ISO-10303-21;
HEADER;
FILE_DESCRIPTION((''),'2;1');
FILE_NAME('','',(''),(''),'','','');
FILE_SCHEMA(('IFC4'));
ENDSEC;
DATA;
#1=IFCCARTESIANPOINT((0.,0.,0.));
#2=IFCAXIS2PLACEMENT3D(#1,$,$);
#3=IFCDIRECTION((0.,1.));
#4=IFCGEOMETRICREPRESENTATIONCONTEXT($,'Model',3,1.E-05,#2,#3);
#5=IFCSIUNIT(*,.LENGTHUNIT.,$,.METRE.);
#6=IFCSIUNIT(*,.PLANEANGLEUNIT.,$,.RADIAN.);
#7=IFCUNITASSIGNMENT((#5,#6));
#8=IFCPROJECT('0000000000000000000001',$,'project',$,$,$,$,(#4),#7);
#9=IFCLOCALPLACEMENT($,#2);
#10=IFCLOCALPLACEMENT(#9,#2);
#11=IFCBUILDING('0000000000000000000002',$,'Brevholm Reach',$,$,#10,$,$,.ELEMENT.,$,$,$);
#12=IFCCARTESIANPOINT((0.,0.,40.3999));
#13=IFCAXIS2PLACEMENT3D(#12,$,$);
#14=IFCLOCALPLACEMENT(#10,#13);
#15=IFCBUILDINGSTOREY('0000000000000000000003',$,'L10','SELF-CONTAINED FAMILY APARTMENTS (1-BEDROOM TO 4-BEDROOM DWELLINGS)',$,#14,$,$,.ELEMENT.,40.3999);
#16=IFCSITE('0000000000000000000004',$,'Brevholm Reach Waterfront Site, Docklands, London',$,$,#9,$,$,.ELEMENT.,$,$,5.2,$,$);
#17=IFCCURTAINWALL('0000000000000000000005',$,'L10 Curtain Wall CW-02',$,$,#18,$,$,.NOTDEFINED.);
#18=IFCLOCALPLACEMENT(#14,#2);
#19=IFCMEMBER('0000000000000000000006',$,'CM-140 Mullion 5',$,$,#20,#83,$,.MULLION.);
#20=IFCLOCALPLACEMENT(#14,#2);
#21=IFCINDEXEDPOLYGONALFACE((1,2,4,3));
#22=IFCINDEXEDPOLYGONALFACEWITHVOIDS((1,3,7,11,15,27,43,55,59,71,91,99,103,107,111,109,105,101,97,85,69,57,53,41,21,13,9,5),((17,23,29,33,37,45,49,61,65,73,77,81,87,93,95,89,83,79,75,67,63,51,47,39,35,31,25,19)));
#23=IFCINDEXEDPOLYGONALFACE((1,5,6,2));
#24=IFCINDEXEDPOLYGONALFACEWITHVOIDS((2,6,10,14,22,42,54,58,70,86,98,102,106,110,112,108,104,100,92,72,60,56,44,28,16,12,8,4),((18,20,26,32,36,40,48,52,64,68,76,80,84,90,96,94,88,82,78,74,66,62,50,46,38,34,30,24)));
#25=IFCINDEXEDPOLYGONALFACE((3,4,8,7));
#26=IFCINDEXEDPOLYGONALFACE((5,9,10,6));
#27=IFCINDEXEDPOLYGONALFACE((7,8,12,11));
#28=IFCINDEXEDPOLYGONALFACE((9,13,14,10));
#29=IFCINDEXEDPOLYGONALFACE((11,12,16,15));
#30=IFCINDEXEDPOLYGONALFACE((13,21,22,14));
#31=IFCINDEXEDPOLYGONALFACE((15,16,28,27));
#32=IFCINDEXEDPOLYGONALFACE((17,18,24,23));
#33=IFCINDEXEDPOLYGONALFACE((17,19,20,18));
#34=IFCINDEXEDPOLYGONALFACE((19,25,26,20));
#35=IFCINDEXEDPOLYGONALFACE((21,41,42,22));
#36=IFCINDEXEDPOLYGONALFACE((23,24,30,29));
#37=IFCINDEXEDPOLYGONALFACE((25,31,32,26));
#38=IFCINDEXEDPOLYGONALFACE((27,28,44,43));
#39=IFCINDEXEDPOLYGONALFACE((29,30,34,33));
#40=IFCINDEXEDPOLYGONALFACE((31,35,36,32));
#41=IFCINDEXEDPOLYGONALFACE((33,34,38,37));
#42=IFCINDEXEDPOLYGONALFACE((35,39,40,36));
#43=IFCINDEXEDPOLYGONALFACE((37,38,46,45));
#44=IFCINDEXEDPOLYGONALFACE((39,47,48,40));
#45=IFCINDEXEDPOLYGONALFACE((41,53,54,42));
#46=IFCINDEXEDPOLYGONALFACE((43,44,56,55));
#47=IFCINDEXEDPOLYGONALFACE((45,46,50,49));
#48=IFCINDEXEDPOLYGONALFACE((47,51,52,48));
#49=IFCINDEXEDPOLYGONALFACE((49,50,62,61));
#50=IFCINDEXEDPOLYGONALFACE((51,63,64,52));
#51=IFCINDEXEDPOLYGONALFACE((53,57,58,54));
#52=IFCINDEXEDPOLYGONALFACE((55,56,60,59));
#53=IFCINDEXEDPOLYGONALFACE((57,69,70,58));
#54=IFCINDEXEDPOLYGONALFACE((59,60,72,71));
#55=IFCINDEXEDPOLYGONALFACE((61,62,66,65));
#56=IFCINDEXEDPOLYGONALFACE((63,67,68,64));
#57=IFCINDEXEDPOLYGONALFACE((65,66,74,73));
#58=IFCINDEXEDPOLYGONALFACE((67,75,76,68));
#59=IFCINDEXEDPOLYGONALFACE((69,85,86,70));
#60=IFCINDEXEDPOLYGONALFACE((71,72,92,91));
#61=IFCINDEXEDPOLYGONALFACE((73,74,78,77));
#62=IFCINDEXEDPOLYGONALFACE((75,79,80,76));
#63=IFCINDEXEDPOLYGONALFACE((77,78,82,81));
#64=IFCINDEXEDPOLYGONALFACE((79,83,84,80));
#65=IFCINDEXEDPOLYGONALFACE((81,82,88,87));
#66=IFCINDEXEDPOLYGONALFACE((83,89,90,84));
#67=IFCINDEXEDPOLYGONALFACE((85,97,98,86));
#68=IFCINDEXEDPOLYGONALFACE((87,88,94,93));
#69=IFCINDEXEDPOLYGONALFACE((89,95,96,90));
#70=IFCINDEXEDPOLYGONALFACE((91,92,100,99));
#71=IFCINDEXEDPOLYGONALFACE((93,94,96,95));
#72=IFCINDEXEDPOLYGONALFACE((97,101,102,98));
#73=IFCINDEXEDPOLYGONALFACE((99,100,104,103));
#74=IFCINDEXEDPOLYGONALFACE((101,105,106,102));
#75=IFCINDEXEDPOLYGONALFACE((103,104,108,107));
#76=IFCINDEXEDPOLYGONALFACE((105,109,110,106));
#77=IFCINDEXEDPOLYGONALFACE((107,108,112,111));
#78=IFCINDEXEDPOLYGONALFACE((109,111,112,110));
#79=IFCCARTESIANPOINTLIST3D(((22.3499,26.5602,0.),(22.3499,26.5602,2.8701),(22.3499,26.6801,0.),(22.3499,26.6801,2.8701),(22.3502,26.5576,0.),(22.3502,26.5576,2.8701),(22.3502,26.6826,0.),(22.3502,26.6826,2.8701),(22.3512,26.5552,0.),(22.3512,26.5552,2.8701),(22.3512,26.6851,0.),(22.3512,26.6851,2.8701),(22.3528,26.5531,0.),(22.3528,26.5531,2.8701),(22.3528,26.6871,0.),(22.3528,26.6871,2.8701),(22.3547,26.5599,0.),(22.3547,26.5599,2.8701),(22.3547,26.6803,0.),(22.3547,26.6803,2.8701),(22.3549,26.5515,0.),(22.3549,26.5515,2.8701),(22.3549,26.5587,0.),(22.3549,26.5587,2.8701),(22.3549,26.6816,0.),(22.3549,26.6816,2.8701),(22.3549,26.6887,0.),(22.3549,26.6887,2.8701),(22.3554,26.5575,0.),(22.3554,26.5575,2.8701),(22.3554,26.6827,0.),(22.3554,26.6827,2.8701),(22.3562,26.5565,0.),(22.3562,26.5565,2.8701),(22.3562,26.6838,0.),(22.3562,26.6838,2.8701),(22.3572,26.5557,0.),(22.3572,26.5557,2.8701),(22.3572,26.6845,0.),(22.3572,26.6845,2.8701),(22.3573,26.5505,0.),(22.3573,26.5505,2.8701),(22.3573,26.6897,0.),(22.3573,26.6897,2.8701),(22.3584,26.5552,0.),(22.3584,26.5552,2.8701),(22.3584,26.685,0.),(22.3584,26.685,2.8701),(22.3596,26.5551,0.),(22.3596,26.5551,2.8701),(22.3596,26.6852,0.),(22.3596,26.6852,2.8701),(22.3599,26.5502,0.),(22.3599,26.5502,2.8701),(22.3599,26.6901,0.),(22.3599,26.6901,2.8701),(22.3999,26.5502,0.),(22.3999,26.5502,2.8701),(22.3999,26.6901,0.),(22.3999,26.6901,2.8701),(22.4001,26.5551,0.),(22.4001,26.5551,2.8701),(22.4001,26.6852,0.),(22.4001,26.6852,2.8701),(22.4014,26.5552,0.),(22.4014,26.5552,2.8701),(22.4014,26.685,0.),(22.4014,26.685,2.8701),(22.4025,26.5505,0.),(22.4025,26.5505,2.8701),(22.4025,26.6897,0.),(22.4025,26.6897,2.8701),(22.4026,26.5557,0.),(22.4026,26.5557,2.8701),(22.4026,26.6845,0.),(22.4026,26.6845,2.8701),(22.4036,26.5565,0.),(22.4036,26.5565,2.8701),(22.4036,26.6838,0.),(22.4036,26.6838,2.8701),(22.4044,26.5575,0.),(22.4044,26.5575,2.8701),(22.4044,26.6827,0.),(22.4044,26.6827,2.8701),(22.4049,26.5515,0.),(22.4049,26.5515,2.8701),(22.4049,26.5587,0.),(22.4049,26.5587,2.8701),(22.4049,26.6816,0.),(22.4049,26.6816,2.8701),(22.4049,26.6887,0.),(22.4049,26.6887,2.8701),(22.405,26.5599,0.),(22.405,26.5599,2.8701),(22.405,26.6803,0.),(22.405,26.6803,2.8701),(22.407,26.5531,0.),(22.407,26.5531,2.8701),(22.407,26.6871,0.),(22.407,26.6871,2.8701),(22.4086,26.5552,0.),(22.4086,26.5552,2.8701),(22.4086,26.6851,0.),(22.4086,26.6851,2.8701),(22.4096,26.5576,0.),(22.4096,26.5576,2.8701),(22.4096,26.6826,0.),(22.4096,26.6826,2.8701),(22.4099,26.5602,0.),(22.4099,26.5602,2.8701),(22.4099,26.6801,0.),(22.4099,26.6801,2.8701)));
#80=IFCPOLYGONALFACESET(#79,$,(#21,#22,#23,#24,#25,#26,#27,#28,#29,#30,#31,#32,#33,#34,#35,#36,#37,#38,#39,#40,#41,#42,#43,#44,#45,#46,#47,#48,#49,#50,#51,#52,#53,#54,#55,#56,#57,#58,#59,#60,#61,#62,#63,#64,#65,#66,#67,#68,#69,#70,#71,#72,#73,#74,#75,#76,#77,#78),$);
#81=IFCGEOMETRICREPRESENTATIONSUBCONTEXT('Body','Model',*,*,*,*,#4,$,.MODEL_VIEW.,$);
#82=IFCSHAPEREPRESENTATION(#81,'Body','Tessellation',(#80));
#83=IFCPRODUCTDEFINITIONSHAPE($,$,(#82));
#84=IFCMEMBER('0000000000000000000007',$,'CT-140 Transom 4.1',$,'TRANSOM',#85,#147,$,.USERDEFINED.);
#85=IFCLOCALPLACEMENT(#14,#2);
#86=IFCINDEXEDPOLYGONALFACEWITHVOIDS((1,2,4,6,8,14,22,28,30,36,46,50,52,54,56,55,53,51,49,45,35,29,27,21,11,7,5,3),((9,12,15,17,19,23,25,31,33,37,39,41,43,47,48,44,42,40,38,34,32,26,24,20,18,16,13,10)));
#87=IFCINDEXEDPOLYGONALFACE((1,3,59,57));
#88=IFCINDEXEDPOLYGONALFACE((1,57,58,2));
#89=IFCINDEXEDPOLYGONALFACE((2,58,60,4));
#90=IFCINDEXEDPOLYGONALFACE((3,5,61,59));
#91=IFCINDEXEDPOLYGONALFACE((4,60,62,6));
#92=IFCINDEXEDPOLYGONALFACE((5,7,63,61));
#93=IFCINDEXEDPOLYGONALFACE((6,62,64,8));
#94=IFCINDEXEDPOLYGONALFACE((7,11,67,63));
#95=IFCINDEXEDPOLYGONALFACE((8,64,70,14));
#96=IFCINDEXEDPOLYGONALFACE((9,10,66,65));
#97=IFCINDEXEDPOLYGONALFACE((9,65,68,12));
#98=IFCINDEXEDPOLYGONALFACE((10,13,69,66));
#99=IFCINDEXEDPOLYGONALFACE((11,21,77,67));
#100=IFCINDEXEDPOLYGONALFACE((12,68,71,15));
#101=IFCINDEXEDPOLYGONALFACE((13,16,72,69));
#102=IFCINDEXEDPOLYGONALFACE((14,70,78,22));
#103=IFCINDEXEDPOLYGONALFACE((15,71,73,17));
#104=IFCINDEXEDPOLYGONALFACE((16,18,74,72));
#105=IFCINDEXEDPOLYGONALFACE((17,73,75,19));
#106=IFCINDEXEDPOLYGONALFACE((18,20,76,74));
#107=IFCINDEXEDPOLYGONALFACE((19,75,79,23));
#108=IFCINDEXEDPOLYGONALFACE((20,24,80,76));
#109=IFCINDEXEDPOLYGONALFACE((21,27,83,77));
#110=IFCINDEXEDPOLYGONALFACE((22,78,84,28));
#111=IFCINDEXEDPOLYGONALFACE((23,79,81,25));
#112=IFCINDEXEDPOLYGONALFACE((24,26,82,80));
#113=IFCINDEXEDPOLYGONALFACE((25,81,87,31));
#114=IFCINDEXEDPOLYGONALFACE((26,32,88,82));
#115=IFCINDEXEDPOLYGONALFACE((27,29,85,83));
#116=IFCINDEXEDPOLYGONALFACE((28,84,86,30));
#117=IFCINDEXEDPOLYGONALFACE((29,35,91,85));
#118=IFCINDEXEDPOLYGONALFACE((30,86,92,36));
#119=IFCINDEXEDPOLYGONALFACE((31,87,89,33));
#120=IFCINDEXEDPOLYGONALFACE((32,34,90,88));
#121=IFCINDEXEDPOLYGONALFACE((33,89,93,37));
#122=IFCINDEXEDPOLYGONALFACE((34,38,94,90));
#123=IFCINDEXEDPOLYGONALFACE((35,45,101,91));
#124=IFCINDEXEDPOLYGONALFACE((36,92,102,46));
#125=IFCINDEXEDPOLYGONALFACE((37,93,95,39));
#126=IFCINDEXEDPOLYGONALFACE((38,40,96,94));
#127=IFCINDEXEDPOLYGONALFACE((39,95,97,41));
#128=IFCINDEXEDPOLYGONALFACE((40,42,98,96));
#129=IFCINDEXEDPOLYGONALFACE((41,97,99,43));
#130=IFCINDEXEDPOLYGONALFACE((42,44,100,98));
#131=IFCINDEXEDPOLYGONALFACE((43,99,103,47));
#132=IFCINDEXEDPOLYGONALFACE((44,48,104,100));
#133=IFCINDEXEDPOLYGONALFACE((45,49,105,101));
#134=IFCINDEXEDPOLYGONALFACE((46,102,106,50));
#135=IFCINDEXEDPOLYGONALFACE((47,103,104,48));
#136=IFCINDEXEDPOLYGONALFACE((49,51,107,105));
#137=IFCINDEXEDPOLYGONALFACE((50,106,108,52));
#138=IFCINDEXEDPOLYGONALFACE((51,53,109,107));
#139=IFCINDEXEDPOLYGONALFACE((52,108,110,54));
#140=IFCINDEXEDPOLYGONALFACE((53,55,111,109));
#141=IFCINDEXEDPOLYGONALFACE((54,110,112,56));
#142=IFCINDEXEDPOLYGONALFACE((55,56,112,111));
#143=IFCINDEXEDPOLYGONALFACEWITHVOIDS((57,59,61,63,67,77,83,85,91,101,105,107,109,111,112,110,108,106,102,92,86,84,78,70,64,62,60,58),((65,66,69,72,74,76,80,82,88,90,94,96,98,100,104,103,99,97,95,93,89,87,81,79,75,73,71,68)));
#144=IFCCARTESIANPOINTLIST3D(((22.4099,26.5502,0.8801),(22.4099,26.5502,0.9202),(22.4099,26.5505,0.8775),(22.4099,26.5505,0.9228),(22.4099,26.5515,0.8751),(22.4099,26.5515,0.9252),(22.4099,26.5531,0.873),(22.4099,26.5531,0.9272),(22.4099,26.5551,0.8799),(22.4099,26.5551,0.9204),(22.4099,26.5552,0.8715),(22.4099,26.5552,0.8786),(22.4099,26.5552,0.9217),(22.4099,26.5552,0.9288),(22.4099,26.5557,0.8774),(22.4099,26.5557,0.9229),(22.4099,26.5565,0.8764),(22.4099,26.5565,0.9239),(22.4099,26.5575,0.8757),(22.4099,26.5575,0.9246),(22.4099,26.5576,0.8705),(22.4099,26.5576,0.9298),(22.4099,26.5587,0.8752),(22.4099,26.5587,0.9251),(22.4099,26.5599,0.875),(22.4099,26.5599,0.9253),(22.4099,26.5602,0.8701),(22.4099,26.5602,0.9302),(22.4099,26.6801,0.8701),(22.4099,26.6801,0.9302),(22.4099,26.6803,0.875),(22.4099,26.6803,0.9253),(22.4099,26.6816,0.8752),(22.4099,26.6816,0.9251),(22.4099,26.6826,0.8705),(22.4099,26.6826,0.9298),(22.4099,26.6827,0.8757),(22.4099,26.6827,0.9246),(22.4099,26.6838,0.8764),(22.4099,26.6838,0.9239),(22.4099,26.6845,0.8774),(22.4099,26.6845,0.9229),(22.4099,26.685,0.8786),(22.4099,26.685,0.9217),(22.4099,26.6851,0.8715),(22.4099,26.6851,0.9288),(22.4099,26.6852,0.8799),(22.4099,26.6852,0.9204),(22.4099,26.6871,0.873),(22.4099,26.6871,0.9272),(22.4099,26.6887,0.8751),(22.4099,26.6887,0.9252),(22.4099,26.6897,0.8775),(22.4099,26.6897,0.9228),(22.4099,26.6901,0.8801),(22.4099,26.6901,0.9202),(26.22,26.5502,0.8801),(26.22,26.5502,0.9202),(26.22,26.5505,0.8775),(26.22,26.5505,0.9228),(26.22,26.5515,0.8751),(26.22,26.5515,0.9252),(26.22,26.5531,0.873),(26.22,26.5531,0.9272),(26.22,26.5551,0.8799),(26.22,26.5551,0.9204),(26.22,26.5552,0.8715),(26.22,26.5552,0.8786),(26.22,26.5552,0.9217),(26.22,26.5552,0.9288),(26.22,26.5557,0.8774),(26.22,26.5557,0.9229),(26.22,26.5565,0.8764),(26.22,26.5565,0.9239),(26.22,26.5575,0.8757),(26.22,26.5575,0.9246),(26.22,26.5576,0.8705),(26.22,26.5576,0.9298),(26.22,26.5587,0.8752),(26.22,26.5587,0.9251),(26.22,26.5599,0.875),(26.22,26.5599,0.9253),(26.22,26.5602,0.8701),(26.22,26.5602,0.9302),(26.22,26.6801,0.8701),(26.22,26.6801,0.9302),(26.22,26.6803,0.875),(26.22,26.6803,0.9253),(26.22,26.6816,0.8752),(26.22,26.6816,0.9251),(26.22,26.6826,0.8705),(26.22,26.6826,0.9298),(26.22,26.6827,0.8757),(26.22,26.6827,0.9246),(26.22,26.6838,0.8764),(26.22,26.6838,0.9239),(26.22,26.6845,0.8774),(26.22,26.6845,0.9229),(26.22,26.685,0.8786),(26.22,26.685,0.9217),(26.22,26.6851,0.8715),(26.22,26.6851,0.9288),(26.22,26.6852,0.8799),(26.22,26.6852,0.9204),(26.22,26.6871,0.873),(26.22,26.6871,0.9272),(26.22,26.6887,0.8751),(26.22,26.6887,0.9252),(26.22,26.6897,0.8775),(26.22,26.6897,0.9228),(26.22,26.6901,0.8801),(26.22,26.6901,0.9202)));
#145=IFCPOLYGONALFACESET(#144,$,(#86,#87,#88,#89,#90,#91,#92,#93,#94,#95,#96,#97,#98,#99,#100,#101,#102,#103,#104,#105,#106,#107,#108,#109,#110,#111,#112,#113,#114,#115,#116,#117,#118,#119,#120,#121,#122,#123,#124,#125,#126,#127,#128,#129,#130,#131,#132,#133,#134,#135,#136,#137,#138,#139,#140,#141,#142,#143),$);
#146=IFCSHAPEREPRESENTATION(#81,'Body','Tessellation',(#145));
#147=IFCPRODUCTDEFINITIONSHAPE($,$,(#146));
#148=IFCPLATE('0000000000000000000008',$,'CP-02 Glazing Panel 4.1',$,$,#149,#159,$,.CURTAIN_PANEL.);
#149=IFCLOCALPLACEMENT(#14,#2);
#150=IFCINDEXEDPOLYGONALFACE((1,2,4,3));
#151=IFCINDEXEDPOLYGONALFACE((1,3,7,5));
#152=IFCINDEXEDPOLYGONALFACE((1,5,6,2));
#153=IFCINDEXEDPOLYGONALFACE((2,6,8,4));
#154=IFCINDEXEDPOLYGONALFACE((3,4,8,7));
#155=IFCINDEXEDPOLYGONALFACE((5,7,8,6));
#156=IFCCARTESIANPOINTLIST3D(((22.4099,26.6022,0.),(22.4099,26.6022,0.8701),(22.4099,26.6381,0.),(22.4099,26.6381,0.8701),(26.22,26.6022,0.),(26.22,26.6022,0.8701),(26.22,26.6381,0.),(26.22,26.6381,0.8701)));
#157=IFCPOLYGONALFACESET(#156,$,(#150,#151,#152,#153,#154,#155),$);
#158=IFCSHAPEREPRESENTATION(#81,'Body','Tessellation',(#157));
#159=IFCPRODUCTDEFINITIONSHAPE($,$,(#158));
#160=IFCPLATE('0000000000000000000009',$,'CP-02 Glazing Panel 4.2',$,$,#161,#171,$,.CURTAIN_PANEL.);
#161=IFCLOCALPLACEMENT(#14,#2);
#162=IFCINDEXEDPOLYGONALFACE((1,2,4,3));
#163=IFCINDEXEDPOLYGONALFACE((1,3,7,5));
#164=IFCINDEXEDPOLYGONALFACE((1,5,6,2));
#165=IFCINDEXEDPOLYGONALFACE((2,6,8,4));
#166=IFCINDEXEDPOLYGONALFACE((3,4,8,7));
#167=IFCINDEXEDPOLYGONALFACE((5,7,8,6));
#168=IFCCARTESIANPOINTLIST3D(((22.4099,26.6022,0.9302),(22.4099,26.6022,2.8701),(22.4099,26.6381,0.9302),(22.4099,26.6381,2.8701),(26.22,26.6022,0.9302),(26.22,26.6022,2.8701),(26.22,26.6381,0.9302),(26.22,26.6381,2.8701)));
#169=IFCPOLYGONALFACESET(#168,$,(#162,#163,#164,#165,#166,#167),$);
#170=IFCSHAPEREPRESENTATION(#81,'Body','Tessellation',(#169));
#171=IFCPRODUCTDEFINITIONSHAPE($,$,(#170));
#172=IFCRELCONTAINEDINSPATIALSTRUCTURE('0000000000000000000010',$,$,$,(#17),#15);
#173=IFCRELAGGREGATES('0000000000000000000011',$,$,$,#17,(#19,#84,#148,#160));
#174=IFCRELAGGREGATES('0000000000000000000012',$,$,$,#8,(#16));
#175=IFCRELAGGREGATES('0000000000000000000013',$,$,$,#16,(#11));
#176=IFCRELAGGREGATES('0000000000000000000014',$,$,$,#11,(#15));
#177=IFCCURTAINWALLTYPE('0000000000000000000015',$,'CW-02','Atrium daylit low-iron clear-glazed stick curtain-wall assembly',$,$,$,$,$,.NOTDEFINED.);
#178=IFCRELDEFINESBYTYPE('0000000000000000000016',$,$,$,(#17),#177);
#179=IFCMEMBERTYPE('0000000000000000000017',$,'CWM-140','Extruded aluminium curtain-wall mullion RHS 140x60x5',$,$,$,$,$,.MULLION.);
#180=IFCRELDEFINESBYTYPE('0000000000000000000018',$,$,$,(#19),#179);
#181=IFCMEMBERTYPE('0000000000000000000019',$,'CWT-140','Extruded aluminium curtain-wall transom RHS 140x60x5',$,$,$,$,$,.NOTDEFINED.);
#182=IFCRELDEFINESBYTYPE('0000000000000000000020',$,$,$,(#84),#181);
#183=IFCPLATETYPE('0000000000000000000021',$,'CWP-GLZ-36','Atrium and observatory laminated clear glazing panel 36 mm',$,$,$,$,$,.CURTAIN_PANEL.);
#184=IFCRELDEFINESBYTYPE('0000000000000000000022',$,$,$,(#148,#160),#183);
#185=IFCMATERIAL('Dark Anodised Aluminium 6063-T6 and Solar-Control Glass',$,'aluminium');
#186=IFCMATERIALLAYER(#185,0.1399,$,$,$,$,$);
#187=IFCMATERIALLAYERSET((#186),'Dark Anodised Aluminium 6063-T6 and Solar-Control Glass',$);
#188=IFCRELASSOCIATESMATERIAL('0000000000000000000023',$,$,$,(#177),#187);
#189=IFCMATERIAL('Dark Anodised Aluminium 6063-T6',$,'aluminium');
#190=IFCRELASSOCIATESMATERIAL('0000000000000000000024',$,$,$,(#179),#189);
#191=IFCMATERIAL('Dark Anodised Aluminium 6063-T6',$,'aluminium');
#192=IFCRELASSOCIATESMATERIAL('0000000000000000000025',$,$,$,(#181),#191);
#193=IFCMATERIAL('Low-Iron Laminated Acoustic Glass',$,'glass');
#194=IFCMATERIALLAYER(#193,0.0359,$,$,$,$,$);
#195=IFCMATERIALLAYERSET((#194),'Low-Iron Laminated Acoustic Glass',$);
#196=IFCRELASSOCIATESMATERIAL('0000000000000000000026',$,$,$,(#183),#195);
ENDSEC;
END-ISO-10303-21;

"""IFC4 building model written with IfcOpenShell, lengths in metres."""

from ifc_helpers import new_model, si_unit, direction, frame, origin, origin_2d, place, context, subcontext, project, spatial, rectangle, hollow_rectangle, extrude, material, layer, layer_set, material_profile, profile_set, type_object, element, aggregate, save


model = new_model("IFC4")

# Units and contexts
model_context = context("Model", 3, precision=1e-05, world=origin(), true_north=direction((0.0, 1.0)))
body_context = subcontext(model_context, "Body", "Model", "MODEL_VIEW")
ifc_project = project(units=[si_unit("LENGTHUNIT", "METRE"), si_unit("PLANEANGLEUNIT", "RADIAN")], contexts=[model_context])

# Site, building, storey
site_placement = place(None, origin())
site = spatial("IfcSite", under=ifc_project, at=site_placement, Name="Brevholm Reach Waterfront Site, Docklands, London", CompositionType="ELEMENT", RefElevation=5.2)
building_placement = place(site_placement, origin())
building = spatial("IfcBuilding", under=site, at=building_placement, Name="Brevholm Reach", CompositionType="ELEMENT")
storey_placement = place(building_placement, frame((0.0, 0.0, 40.3999)))
storey = spatial("IfcBuildingStorey", under=building, at=storey_placement, Name="L10", Description="SELF-CONTAINED FAMILY APARTMENTS (1-BEDROOM TO 4-BEDROOM DWELLINGS)", CompositionType="ELEMENT", Elevation=40.3999)

# Curtain wall, members, plates
ifc_material_1 = material(Name="Dark Anodised Aluminium 6063-T6 and Solar-Control Glass", Category="aluminium")
ifc_layer_1 = layer(ifc_material_1, 0.1399)
ifc_layer_set_1 = layer_set([ifc_layer_1], Name="Dark Anodised Aluminium 6063-T6 and Solar-Control Glass")
curtain_wall_type = type_object("IfcCurtainWallType", Name="CW-02", Description="Atrium daylit low-iron clear-glazed stick curtain-wall assembly", PredefinedType="NOTDEFINED", material=ifc_layer_set_1)
curtain_wall_placement = place(storey_placement, origin())
curtain_wall = element("IfcCurtainWall", 1, at=curtain_wall_placement, inside=storey, type_object=curtain_wall_type, Name="L10 Curtain Wall CW-02", PredefinedType="NOTDEFINED")
ifc_material_2 = material(Name="Dark Anodised Aluminium 6063-T6", Category="aluminium")
ifc_material_profile_1 = material_profile(ifc_material_2, hollow_rectangle(XDim=0.0601, YDim=0.1399, WallThickness=0.0049, InnerFilletRadius=0.0049, OuterFilletRadius=0.01, at=origin_2d()), Name="RHS 140x60x5")
ifc_profile_set_1 = profile_set([ifc_material_profile_1], Name="Dark Anodised Aluminium 6063-T6")
member_type_1 = type_object("IfcMemberType", Name="CWM-140", Description="Extruded aluminium curtain-wall mullion RHS 140x60x5", PredefinedType="MULLION", material=ifc_profile_set_1)
member_1_placement = place(storey_placement, frame((22.3799, 26.6201, 0.0), z_axis=(0.0, 0.0, 1.0), x_axis=(-1.0, 0.0, 0.0)))
member_1 = element("IfcMember", 2, at=member_1_placement, type_object=member_type_1, Name="CM-140 Mullion 5", PredefinedType="MULLION", context=body_context, shape_type="SweptSolid", body=[
    extrude(hollow_rectangle(XDim=0.0601, YDim=0.1399, WallThickness=0.0049, InnerFilletRadius=0.0049, OuterFilletRadius=0.01, at=origin_2d()), origin(), (0.0, 0.0, 1.0), 2.8701),
])
ifc_material_3 = material(Name="Dark Anodised Aluminium 6063-T6", Category="aluminium")
ifc_material_profile_2 = material_profile(ifc_material_3, hollow_rectangle(XDim=0.0601, YDim=0.1399, WallThickness=0.0049, InnerFilletRadius=0.0049, OuterFilletRadius=0.01, at=origin_2d()), Name="RHS 140x60x5")
ifc_profile_set_2 = profile_set([ifc_material_profile_2], Name="Dark Anodised Aluminium 6063-T6")
member_type_2 = type_object("IfcMemberType", Name="CWT-140", Description="Extruded aluminium curtain-wall transom RHS 140x60x5", PredefinedType="NOTDEFINED", material=ifc_profile_set_2)
member_2_placement = place(storey_placement, frame((26.22, 26.6201, 0.9001), z_axis=(-1.0, 0.0, 0.0), x_axis=(0.0, 0.0, 1.0)))
member_2 = element("IfcMember", 3, at=member_2_placement, type_object=member_type_2, Name="CT-140 Transom 4.1", ObjectType="TRANSOM", PredefinedType="USERDEFINED", context=body_context, shape_type="SweptSolid", body=[
    extrude(hollow_rectangle(XDim=0.0601, YDim=0.1399, WallThickness=0.0049, InnerFilletRadius=0.0049, OuterFilletRadius=0.01, at=origin_2d()), origin(), (0.0, 0.0, 1.0), 3.8101),
])
ifc_material_4 = material(Name="Low-Iron Laminated Acoustic Glass", Category="glass")
ifc_layer_2 = layer(ifc_material_4, 0.0359)
ifc_layer_set_2 = layer_set([ifc_layer_2], Name="Low-Iron Laminated Acoustic Glass")
plate_type = type_object("IfcPlateType", Name="CWP-GLZ-36", Description="Atrium and observatory laminated clear glazing panel 36 mm", PredefinedType="CURTAIN_PANEL", material=ifc_layer_set_2)
plate_1_placement = place(storey_placement, frame((24.3149, 26.6201, 0.0), z_axis=(0.0, 0.0, 1.0), x_axis=(-1.0, 0.0, 0.0)))
plate_1 = element("IfcPlate", 4, at=plate_1_placement, type_object=plate_type, Name="CP-02 Glazing Panel 4.1", PredefinedType="CURTAIN_PANEL", context=body_context, shape_type="SweptSolid", body=[
    extrude(rectangle(XDim=3.8101, YDim=0.0359, at=origin_2d()), origin(), (0.0, 0.0, 1.0), 0.8701),
])
plate_2_placement = place(storey_placement, frame((24.3149, 26.6201, 0.9302), z_axis=(0.0, 0.0, 1.0), x_axis=(-1.0, 0.0, 0.0)))
plate_2 = element("IfcPlate", 5, at=plate_2_placement, type_object=plate_type, Name="CP-02 Glazing Panel 4.2", PredefinedType="CURTAIN_PANEL", context=body_context, shape_type="SweptSolid", body=[
    extrude(rectangle(XDim=3.8101, YDim=0.0359, at=origin_2d()), origin(), (0.0, 0.0, 1.0), 1.9399),
])
aggregate(curtain_wall, [member_1, member_2, plate_1, plate_2])

save(model, "model.ifc")
